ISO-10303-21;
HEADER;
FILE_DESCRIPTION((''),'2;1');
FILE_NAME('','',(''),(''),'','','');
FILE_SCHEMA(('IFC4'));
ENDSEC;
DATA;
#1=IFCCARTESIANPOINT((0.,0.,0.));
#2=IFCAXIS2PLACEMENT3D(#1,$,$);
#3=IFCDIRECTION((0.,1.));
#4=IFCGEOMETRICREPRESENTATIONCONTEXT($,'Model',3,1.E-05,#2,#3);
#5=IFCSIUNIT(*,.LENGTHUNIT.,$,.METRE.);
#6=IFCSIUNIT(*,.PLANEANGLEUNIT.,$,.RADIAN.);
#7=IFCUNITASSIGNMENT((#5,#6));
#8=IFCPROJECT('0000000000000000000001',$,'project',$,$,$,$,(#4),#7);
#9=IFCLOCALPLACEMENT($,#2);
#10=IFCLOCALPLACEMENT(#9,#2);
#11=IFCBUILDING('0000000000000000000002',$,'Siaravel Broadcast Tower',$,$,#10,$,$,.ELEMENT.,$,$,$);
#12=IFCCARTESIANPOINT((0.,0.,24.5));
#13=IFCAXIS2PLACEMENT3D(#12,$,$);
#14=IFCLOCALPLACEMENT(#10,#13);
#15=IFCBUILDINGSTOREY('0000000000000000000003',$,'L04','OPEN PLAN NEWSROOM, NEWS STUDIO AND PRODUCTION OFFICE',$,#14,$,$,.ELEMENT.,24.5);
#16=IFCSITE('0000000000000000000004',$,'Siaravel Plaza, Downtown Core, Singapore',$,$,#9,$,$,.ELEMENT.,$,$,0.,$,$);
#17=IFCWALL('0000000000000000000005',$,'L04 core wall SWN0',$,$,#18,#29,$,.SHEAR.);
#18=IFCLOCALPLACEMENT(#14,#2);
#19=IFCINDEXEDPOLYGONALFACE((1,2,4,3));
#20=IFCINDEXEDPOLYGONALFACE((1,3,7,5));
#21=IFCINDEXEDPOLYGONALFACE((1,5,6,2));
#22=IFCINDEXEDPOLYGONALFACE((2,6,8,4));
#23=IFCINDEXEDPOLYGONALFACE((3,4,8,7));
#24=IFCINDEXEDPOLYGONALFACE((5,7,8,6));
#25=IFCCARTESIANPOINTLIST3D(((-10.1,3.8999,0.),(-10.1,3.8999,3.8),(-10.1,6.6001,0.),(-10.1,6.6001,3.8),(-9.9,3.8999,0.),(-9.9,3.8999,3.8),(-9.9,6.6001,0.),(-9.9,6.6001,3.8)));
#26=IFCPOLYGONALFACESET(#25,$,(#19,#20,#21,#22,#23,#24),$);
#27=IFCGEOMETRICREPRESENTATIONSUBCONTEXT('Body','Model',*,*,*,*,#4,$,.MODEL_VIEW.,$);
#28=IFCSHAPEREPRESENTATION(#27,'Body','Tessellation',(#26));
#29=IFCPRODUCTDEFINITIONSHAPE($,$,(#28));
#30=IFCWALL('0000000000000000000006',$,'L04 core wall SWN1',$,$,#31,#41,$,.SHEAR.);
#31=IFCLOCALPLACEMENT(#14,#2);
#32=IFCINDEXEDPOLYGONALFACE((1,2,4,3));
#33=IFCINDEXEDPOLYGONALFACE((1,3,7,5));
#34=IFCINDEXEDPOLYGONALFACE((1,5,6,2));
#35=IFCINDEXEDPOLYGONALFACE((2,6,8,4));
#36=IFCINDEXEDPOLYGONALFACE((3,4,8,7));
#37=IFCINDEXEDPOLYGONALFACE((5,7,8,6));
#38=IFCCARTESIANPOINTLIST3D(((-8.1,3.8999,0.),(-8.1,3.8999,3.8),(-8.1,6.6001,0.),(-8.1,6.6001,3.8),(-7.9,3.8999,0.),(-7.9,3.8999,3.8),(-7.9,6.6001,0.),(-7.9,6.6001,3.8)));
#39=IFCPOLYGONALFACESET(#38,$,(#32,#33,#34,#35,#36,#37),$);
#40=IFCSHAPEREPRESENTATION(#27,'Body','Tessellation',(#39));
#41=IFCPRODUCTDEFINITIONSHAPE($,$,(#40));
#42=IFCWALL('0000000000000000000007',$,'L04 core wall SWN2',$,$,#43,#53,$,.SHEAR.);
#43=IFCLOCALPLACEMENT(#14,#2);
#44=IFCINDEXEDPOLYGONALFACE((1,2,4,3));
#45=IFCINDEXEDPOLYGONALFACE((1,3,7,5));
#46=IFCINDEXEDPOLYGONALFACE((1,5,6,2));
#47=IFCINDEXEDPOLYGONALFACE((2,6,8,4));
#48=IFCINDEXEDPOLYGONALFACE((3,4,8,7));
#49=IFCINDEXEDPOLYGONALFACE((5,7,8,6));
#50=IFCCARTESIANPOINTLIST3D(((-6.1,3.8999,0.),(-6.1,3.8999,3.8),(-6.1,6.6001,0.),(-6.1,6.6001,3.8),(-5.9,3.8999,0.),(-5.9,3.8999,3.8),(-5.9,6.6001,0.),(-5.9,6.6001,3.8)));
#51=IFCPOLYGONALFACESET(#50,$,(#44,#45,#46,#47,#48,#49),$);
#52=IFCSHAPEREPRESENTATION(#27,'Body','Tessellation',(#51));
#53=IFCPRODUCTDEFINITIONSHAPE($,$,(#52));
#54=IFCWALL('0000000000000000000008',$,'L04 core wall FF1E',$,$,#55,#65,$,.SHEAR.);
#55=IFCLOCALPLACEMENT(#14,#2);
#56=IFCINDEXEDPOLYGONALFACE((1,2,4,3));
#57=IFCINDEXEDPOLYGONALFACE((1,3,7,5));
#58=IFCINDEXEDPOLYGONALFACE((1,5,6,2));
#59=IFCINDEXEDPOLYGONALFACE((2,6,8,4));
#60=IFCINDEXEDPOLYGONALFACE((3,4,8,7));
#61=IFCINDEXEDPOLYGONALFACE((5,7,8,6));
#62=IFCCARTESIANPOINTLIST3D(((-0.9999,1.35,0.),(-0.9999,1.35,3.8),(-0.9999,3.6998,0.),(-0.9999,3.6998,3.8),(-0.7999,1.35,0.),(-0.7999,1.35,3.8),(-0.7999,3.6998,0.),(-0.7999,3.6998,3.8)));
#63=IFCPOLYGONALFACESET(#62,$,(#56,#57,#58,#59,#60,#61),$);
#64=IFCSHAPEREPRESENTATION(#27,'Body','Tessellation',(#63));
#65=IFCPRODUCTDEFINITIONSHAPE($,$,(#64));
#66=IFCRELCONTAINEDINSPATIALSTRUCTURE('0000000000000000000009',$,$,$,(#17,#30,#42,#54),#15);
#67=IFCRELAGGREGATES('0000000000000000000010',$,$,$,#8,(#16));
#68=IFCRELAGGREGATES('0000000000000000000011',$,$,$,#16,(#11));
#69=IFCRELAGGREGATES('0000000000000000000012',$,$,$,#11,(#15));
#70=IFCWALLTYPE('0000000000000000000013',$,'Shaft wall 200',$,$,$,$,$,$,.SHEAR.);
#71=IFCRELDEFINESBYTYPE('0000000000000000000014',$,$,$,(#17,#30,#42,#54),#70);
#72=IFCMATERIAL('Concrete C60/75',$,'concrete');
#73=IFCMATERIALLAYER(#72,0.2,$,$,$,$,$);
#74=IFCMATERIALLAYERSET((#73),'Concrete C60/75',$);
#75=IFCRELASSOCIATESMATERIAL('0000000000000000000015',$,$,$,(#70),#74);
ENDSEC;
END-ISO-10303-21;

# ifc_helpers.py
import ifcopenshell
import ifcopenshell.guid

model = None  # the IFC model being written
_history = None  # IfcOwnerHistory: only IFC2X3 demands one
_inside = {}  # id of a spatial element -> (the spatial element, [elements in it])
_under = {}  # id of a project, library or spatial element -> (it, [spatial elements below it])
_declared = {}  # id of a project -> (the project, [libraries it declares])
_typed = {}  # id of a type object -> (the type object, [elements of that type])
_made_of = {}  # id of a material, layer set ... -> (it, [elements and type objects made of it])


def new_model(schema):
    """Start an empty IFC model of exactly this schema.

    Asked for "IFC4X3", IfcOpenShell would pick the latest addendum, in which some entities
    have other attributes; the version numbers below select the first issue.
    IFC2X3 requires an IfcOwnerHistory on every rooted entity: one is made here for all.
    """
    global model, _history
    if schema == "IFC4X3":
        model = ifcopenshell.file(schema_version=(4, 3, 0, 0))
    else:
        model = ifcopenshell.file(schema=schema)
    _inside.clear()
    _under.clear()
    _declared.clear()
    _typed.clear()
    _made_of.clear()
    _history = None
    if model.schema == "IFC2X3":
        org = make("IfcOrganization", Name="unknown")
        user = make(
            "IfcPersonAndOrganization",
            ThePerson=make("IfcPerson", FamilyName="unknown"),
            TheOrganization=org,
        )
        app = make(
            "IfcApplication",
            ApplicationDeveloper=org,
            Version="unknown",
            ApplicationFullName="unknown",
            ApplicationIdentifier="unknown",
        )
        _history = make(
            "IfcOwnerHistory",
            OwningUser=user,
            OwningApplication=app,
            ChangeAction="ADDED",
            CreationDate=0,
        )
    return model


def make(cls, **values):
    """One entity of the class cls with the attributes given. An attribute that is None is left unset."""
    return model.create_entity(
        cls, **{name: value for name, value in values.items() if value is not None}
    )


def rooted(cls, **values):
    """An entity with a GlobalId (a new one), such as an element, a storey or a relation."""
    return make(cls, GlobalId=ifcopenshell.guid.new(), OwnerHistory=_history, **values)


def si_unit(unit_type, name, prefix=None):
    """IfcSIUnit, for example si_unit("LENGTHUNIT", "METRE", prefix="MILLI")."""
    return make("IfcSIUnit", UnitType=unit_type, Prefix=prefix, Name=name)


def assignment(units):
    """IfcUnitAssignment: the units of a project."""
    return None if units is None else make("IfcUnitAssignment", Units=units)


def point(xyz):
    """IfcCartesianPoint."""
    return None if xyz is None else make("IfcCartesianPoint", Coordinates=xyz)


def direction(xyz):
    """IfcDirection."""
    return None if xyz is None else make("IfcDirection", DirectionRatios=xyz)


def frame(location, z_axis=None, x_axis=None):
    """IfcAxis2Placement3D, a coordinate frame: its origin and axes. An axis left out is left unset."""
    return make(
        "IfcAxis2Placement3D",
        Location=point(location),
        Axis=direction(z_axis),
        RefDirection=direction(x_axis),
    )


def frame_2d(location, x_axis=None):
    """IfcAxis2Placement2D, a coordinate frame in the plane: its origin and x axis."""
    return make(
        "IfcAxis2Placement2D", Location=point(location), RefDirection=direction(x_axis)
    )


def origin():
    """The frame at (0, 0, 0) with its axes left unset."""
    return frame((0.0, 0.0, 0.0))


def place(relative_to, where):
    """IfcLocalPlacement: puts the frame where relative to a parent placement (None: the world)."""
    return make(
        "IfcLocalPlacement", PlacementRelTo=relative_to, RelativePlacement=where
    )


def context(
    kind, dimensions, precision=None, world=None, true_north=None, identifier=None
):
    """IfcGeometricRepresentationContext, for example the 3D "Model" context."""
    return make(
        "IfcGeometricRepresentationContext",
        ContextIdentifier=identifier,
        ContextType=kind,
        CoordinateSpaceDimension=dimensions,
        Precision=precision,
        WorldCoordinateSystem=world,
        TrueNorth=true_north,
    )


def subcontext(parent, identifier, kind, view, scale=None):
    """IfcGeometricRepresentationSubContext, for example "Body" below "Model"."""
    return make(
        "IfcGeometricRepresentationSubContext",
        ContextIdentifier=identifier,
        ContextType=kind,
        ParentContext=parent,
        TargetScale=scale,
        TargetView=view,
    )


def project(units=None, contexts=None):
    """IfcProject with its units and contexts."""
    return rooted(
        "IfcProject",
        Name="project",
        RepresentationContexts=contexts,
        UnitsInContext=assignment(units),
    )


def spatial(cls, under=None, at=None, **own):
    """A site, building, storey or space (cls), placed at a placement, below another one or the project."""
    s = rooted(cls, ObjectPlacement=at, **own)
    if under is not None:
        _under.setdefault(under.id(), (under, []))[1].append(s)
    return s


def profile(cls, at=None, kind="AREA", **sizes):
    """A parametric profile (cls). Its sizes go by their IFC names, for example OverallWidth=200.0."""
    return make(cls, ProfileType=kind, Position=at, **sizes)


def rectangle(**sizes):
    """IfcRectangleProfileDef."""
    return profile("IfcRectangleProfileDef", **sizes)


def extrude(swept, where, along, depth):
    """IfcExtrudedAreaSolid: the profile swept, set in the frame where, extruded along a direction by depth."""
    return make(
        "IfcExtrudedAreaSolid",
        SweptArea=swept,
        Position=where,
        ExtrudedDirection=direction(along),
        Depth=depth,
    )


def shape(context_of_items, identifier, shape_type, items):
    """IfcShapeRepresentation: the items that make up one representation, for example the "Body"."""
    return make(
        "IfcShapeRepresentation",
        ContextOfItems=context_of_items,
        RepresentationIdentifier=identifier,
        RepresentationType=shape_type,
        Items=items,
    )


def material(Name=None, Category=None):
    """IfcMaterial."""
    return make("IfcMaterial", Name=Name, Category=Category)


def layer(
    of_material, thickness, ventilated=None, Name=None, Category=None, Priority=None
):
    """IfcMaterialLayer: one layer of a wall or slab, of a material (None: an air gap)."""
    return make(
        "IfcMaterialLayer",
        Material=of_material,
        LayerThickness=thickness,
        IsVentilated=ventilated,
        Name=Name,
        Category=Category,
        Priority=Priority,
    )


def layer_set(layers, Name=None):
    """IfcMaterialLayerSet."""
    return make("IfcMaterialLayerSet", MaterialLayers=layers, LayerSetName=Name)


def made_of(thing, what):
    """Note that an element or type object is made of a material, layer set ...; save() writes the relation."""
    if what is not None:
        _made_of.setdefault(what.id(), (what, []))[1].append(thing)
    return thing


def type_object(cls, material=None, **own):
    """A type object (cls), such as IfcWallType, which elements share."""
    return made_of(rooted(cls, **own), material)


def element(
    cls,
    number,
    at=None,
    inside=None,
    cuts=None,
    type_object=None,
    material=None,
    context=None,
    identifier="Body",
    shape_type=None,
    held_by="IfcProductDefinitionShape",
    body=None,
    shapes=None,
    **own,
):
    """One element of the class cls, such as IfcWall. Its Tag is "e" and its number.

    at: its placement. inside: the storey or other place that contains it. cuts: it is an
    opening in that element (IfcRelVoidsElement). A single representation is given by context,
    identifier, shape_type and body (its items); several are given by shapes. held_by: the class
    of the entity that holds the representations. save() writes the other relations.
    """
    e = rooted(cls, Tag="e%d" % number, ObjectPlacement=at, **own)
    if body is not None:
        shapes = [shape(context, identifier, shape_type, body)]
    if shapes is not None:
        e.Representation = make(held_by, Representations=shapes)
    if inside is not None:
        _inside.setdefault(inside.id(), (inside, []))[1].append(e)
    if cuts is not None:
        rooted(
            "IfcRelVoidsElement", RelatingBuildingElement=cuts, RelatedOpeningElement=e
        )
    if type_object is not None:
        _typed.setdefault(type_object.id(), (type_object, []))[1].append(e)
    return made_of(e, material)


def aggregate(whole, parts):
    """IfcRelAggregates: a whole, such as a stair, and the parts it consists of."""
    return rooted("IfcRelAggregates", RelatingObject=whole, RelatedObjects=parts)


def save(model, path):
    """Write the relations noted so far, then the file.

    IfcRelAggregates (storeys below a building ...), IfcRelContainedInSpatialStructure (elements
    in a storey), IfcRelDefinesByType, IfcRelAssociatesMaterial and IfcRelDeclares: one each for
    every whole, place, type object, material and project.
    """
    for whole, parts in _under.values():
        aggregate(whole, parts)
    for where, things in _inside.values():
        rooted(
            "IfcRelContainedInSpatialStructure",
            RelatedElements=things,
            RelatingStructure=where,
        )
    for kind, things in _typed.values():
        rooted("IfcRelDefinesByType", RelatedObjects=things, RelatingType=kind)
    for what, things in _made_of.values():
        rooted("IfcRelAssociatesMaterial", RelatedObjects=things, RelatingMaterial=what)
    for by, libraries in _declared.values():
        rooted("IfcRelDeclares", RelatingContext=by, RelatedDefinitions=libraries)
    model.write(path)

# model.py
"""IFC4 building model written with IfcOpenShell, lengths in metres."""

from ifc_helpers import new_model, si_unit, direction, frame, frame_2d, origin, place, context, subcontext, project, spatial, rectangle, extrude, material, layer, layer_set, type_object, element, save


model = new_model("IFC4")

# Units and contexts
model_context = context("Model", 3, precision=1e-05, world=origin(), true_north=direction((0.0, 1.0)))
body_context = subcontext(model_context, "Body", "Model", "MODEL_VIEW")
ifc_project = project(units=[si_unit("LENGTHUNIT", "METRE"), si_unit("PLANEANGLEUNIT", "RADIAN")], contexts=[model_context])

# Site, building, storey
site_placement = place(None, origin())
site = spatial("IfcSite", under=ifc_project, at=site_placement, Name="Siaravel Plaza, Downtown Core, Singapore", CompositionType="ELEMENT", RefElevation=0.0)
building_placement = place(site_placement, origin())
building = spatial("IfcBuilding", under=site, at=building_placement, Name="Siaravel Broadcast Tower", CompositionType="ELEMENT")
storey_placement = place(building_placement, frame((0.0, 0.0, 24.5)))
storey = spatial("IfcBuildingStorey", under=building, at=storey_placement, Name="L04", Description="OPEN PLAN NEWSROOM, NEWS STUDIO AND PRODUCTION OFFICE", CompositionType="ELEMENT", Elevation=24.5)

# Shared definitions
ifc_material_1 = material(Name="Concrete C60/75", Category="concrete")

# Walls
ifc_layer_1 = layer(ifc_material_1, 0.2)
ifc_layer_set_1 = layer_set([ifc_layer_1], Name="Concrete C60/75")
wall_type_1 = type_object("IfcWallType", Name="Shaft wall 200", PredefinedType="SHEAR", material=ifc_layer_set_1)
for number, where, z_axis, x_axis, name in (
    (1, (-10.0, 3.8999, 0.0), (0.0, 0.0, 1.0), (0.0, 1.0, 0.0), "L04 core wall SWN0"),
    (2, (-8.0, 3.8999, 0.0), (0.0, 0.0, 1.0), (0.0, 1.0, 0.0), "L04 core wall SWN1"),
    (3, (-6.0, 3.8999, 0.0), (0.0, 0.0, 1.0), (0.0, 1.0, 0.0), "L04 core wall SWN2"),
):
    element("IfcWall", number, at=place(storey_placement, frame(where, z_axis=z_axis, x_axis=x_axis)), inside=storey, type_object=wall_type_1, Name=name, PredefinedType="SHEAR", context=body_context, shape_type="SweptSolid", body=[
        extrude(rectangle(XDim=2.7002, YDim=0.2, at=frame_2d((1.3501, 0.0))), origin(), (0.0, 0.0, 1.0), 3.8),
    ])
wall_1_placement = place(storey_placement, frame((-0.8999, 1.3501, 0.0), z_axis=(0.0, 0.0, 1.0), x_axis=(0.0, 1.0, 0.0)))
element("IfcWall", 4, at=wall_1_placement, inside=storey, type_object=wall_type_1, Name="L04 core wall FF1E", PredefinedType="SHEAR", context=body_context, shape_type="SweptSolid", body=[
    extrude(rectangle(XDim=2.3499, YDim=0.2, at=frame_2d((1.1748, 0.0))), origin(), (0.0, 0.0, 1.0), 3.8),
])

save(model, "model.ifc")
